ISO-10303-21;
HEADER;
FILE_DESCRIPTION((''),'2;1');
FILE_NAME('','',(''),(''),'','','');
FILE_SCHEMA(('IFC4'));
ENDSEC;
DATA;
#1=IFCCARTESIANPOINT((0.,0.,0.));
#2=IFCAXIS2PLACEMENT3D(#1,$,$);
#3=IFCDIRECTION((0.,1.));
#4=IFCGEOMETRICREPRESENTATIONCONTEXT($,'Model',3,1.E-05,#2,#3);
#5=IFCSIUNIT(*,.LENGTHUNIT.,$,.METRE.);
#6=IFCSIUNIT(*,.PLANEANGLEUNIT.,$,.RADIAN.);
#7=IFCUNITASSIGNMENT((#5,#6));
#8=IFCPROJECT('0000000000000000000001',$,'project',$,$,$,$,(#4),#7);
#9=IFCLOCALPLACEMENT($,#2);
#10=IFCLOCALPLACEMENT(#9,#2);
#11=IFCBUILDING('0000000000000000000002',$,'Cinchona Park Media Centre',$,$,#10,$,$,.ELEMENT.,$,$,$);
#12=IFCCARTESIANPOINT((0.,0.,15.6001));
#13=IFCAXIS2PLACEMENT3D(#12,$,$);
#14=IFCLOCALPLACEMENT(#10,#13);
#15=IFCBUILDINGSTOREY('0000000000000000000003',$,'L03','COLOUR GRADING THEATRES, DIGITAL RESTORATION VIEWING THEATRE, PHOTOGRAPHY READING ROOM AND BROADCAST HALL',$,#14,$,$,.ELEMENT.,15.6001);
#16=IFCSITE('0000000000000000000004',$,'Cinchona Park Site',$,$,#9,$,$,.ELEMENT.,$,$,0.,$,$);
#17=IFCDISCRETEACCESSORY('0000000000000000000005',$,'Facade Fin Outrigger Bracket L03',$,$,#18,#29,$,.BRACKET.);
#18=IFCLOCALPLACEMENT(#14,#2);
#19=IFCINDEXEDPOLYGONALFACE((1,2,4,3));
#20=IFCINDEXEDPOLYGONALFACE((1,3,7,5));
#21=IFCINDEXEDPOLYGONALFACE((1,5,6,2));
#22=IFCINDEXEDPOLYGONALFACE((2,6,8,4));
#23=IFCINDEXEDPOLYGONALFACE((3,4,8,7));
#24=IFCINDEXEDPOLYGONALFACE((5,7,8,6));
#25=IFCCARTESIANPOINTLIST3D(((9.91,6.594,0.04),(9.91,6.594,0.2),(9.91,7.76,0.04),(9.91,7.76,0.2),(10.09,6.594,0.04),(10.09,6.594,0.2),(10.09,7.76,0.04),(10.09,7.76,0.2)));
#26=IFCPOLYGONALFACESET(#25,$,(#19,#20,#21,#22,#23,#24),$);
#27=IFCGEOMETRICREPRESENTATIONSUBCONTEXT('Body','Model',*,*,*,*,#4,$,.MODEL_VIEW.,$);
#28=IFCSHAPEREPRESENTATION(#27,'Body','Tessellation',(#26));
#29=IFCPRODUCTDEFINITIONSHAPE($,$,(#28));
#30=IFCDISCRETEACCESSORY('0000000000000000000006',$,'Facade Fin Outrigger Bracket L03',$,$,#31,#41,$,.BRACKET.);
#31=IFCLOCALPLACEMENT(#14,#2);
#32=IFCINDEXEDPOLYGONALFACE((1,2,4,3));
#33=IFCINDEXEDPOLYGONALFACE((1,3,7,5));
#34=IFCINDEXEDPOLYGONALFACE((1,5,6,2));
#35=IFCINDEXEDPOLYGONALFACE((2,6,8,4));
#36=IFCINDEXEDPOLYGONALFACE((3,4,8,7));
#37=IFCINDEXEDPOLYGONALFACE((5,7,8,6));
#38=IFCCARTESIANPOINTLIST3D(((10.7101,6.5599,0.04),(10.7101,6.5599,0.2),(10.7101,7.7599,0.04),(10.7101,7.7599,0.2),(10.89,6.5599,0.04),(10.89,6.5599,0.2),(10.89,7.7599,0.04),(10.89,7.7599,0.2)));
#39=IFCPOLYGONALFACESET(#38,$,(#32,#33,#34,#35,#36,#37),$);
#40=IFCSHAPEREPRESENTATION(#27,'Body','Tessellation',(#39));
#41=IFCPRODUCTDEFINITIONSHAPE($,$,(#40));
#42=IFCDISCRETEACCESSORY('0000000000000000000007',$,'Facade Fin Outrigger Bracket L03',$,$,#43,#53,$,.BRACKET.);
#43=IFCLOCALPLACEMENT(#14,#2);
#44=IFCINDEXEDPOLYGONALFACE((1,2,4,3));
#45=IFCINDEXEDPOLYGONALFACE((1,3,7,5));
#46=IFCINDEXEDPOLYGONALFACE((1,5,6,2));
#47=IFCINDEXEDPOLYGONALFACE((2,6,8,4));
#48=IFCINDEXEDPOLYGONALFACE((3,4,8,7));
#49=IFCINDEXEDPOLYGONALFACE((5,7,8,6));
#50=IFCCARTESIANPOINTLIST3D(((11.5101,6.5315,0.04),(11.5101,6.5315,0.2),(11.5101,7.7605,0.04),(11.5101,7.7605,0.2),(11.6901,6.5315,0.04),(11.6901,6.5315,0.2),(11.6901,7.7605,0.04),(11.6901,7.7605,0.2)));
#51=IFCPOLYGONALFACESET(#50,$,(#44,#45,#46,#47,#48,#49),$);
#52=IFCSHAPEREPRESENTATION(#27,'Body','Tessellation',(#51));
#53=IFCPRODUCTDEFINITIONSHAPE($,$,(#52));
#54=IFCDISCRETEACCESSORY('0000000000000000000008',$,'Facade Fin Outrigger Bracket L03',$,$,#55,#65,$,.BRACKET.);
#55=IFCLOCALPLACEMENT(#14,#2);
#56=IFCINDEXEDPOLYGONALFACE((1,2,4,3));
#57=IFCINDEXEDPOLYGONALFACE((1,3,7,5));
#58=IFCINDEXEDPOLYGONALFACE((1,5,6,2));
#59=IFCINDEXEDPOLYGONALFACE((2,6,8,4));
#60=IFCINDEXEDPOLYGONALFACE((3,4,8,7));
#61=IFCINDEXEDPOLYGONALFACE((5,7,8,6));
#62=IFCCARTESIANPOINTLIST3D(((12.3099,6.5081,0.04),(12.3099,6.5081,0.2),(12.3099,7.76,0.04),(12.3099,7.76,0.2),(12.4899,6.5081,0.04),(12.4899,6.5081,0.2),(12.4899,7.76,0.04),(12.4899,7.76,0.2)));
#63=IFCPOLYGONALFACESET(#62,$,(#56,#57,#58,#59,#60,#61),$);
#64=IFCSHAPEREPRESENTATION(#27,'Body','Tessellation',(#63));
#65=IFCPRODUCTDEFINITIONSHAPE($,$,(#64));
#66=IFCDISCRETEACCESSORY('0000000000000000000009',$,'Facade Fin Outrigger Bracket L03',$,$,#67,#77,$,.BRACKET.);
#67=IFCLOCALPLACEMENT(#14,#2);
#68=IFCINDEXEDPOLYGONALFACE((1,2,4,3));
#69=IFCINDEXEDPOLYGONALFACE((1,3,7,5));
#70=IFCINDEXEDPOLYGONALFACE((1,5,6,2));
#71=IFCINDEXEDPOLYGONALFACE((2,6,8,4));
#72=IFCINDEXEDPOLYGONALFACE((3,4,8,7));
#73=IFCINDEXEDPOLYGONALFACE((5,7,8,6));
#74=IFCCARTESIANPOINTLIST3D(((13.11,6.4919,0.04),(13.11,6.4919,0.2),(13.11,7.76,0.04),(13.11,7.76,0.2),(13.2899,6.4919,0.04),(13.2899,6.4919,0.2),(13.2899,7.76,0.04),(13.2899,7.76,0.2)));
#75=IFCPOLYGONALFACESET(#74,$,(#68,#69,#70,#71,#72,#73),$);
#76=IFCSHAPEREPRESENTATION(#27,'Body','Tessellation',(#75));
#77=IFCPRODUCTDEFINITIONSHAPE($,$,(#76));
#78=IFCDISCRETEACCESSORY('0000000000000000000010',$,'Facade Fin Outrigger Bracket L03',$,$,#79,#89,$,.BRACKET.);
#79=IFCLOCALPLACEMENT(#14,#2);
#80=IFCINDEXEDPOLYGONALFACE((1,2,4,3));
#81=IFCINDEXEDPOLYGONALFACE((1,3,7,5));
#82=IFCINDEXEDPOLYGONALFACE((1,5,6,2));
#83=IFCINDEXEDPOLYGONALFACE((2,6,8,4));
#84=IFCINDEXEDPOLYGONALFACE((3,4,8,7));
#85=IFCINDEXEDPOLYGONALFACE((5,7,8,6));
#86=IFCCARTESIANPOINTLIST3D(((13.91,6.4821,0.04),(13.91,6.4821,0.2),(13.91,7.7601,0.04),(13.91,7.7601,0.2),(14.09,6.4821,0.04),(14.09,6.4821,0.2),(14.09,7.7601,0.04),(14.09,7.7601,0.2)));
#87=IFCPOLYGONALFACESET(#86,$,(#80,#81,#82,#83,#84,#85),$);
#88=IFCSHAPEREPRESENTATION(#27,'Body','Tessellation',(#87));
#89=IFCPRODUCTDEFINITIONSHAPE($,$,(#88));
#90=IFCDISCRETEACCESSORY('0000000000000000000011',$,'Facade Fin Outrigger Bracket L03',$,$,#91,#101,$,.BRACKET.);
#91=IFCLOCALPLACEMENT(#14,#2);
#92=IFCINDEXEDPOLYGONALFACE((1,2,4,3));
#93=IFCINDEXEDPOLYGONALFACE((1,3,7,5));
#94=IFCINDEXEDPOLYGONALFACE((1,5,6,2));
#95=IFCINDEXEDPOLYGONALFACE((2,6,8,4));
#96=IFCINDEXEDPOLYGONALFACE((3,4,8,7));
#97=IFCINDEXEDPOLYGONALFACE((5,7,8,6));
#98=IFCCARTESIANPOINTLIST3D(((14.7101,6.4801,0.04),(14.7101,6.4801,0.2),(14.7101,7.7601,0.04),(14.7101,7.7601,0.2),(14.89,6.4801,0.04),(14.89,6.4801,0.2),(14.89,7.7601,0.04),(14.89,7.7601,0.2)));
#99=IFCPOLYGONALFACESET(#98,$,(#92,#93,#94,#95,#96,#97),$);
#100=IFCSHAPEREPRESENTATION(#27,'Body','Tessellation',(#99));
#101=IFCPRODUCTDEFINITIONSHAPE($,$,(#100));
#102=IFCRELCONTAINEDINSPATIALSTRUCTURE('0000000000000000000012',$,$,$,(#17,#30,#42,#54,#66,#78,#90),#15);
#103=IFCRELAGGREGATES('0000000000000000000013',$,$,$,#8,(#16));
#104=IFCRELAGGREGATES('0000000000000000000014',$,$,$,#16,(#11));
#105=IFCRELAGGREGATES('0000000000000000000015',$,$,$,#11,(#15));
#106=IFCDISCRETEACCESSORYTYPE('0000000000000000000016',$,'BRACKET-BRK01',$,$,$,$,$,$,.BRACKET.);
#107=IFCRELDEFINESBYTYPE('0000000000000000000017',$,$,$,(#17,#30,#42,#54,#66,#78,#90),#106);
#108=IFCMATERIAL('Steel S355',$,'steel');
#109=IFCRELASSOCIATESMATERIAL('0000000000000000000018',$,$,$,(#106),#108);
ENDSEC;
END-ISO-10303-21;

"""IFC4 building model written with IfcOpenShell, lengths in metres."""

from ifc_helpers import new_model, si_unit, direction, frame, origin, origin_2d, place, context, subcontext, project, spatial, rectangle, extrude, material, type_object, element, save


model = new_model("IFC4")

# Units and contexts
model_context = context("Model", 3, precision=1e-05, world=origin(), true_north=direction((0.0, 1.0)))
body_context = subcontext(model_context, "Body", "Model", "MODEL_VIEW")
ifc_project = project(units=[si_unit("LENGTHUNIT", "METRE"), si_unit("PLANEANGLEUNIT", "RADIAN")], contexts=[model_context])

# Site, building, storey
site_placement = place(None, origin())
site = spatial("IfcSite", under=ifc_project, at=site_placement, Name="Cinchona Park Site", CompositionType="ELEMENT", RefElevation=0.0)
building_placement = place(site_placement, origin())
building = spatial("IfcBuilding", under=site, at=building_placement, Name="Cinchona Park Media Centre", CompositionType="ELEMENT")
storey_placement = place(building_placement, frame((0.0, 0.0, 15.6001)))
storey = spatial("IfcBuildingStorey", under=building, at=storey_placement, Name="L03", Description="COLOUR GRADING THEATRES, DIGITAL RESTORATION VIEWING THEATRE, PHOTOGRAPHY READING ROOM AND BROADCAST HALL", CompositionType="ELEMENT", Elevation=15.6001)

# Discrete accessories
ifc_material_1 = material(Name="Steel S355", Category="steel")
discrete_accessory_type = type_object("IfcDiscreteAccessoryType", Name="BRACKET-BRK01", PredefinedType="BRACKET", material=ifc_material_1)
discrete_accessory_1_placement = place(storey_placement, frame((10.0, 7.177, 0.04), z_axis=(0.0, 0.0, 1.0), x_axis=(1.0, 0.0, 0.0)))
element("IfcDiscreteAccessory", 1, at=discrete_accessory_1_placement, inside=storey, type_object=discrete_accessory_type, Name="Facade Fin Outrigger Bracket L03", PredefinedType="BRACKET", context=body_context, shape_type="SweptSolid", body=[
    extrude(rectangle(XDim=0.1799, YDim=1.166, at=origin_2d()), origin(), (0.0, 0.0, 1.0), 0.1599),
])
discrete_accessory_2_placement = place(storey_placement, frame((10.8, 7.1599, 0.04), z_axis=(0.0, 0.0, 1.0), x_axis=(1.0, 0.0, 0.0)))
element("IfcDiscreteAccessory", 2, at=discrete_accessory_2_placement, inside=storey, type_object=discrete_accessory_type, Name="Facade Fin Outrigger Bracket L03", PredefinedType="BRACKET", context=body_context, shape_type="SweptSolid", body=[
    extrude(rectangle(XDim=0.1799, YDim=1.2, at=origin_2d()), origin(), (0.0, 0.0, 1.0), 0.1599),
])
discrete_accessory_3_placement = place(storey_placement, frame((11.6001, 7.146, 0.04), z_axis=(0.0, 0.0, 1.0), x_axis=(1.0, 0.0, 0.0)))
element("IfcDiscreteAccessory", 3, at=discrete_accessory_3_placement, inside=storey, type_object=discrete_accessory_type, Name="Facade Fin Outrigger Bracket L03", PredefinedType="BRACKET", context=body_context, shape_type="SweptSolid", body=[
    extrude(rectangle(XDim=0.1799, YDim=1.229, at=origin_2d()), origin(), (0.0, 0.0, 1.0), 0.1599),
])
discrete_accessory_4_placement = place(storey_placement, frame((12.3999, 7.134, 0.04), z_axis=(0.0, 0.0, 1.0), x_axis=(1.0, 0.0, 0.0)))
element("IfcDiscreteAccessory", 4, at=discrete_accessory_4_placement, inside=storey, type_object=discrete_accessory_type, Name="Facade Fin Outrigger Bracket L03", PredefinedType="BRACKET", context=body_context, shape_type="SweptSolid", body=[
    extrude(rectangle(XDim=0.1799, YDim=1.252, at=origin_2d()), origin(), (0.0, 0.0, 1.0), 0.1599),
])
discrete_accessory_5_placement = place(storey_placement, frame((13.2, 7.126, 0.04), z_axis=(0.0, 0.0, 1.0), x_axis=(1.0, 0.0, 0.0)))
element("IfcDiscreteAccessory", 5, at=discrete_accessory_5_placement, inside=storey, type_object=discrete_accessory_type, Name="Facade Fin Outrigger Bracket L03", PredefinedType="BRACKET", context=body_context, shape_type="SweptSolid", body=[
    extrude(rectangle(XDim=0.1799, YDim=1.2681, at=origin_2d()), origin(), (0.0, 0.0, 1.0), 0.1599),
])
discrete_accessory_6_placement = place(storey_placement, frame((14.0, 7.1211, 0.04), z_axis=(0.0, 0.0, 1.0), x_axis=(1.0, 0.0, 0.0)))
element("IfcDiscreteAccessory", 6, at=discrete_accessory_6_placement, inside=storey, type_object=discrete_accessory_type, Name="Facade Fin Outrigger Bracket L03", PredefinedType="BRACKET", context=body_context, shape_type="SweptSolid", body=[
    extrude(rectangle(XDim=0.1799, YDim=1.2781, at=origin_2d()), origin(), (0.0, 0.0, 1.0), 0.1599),
])
discrete_accessory_7_placement = place(storey_placement, frame((14.8, 7.1201, 0.04), z_axis=(0.0, 0.0, 1.0), x_axis=(1.0, 0.0, 0.0)))
element("IfcDiscreteAccessory", 7, at=discrete_accessory_7_placement, inside=storey, type_object=discrete_accessory_type, Name="Facade Fin Outrigger Bracket L03", PredefinedType="BRACKET", context=body_context, shape_type="SweptSolid", body=[
    extrude(rectangle(XDim=0.1799, YDim=1.28, at=origin_2d()), origin(), (0.0, 0.0, 1.0), 0.1599),
])

save(model, "model.ifc")
